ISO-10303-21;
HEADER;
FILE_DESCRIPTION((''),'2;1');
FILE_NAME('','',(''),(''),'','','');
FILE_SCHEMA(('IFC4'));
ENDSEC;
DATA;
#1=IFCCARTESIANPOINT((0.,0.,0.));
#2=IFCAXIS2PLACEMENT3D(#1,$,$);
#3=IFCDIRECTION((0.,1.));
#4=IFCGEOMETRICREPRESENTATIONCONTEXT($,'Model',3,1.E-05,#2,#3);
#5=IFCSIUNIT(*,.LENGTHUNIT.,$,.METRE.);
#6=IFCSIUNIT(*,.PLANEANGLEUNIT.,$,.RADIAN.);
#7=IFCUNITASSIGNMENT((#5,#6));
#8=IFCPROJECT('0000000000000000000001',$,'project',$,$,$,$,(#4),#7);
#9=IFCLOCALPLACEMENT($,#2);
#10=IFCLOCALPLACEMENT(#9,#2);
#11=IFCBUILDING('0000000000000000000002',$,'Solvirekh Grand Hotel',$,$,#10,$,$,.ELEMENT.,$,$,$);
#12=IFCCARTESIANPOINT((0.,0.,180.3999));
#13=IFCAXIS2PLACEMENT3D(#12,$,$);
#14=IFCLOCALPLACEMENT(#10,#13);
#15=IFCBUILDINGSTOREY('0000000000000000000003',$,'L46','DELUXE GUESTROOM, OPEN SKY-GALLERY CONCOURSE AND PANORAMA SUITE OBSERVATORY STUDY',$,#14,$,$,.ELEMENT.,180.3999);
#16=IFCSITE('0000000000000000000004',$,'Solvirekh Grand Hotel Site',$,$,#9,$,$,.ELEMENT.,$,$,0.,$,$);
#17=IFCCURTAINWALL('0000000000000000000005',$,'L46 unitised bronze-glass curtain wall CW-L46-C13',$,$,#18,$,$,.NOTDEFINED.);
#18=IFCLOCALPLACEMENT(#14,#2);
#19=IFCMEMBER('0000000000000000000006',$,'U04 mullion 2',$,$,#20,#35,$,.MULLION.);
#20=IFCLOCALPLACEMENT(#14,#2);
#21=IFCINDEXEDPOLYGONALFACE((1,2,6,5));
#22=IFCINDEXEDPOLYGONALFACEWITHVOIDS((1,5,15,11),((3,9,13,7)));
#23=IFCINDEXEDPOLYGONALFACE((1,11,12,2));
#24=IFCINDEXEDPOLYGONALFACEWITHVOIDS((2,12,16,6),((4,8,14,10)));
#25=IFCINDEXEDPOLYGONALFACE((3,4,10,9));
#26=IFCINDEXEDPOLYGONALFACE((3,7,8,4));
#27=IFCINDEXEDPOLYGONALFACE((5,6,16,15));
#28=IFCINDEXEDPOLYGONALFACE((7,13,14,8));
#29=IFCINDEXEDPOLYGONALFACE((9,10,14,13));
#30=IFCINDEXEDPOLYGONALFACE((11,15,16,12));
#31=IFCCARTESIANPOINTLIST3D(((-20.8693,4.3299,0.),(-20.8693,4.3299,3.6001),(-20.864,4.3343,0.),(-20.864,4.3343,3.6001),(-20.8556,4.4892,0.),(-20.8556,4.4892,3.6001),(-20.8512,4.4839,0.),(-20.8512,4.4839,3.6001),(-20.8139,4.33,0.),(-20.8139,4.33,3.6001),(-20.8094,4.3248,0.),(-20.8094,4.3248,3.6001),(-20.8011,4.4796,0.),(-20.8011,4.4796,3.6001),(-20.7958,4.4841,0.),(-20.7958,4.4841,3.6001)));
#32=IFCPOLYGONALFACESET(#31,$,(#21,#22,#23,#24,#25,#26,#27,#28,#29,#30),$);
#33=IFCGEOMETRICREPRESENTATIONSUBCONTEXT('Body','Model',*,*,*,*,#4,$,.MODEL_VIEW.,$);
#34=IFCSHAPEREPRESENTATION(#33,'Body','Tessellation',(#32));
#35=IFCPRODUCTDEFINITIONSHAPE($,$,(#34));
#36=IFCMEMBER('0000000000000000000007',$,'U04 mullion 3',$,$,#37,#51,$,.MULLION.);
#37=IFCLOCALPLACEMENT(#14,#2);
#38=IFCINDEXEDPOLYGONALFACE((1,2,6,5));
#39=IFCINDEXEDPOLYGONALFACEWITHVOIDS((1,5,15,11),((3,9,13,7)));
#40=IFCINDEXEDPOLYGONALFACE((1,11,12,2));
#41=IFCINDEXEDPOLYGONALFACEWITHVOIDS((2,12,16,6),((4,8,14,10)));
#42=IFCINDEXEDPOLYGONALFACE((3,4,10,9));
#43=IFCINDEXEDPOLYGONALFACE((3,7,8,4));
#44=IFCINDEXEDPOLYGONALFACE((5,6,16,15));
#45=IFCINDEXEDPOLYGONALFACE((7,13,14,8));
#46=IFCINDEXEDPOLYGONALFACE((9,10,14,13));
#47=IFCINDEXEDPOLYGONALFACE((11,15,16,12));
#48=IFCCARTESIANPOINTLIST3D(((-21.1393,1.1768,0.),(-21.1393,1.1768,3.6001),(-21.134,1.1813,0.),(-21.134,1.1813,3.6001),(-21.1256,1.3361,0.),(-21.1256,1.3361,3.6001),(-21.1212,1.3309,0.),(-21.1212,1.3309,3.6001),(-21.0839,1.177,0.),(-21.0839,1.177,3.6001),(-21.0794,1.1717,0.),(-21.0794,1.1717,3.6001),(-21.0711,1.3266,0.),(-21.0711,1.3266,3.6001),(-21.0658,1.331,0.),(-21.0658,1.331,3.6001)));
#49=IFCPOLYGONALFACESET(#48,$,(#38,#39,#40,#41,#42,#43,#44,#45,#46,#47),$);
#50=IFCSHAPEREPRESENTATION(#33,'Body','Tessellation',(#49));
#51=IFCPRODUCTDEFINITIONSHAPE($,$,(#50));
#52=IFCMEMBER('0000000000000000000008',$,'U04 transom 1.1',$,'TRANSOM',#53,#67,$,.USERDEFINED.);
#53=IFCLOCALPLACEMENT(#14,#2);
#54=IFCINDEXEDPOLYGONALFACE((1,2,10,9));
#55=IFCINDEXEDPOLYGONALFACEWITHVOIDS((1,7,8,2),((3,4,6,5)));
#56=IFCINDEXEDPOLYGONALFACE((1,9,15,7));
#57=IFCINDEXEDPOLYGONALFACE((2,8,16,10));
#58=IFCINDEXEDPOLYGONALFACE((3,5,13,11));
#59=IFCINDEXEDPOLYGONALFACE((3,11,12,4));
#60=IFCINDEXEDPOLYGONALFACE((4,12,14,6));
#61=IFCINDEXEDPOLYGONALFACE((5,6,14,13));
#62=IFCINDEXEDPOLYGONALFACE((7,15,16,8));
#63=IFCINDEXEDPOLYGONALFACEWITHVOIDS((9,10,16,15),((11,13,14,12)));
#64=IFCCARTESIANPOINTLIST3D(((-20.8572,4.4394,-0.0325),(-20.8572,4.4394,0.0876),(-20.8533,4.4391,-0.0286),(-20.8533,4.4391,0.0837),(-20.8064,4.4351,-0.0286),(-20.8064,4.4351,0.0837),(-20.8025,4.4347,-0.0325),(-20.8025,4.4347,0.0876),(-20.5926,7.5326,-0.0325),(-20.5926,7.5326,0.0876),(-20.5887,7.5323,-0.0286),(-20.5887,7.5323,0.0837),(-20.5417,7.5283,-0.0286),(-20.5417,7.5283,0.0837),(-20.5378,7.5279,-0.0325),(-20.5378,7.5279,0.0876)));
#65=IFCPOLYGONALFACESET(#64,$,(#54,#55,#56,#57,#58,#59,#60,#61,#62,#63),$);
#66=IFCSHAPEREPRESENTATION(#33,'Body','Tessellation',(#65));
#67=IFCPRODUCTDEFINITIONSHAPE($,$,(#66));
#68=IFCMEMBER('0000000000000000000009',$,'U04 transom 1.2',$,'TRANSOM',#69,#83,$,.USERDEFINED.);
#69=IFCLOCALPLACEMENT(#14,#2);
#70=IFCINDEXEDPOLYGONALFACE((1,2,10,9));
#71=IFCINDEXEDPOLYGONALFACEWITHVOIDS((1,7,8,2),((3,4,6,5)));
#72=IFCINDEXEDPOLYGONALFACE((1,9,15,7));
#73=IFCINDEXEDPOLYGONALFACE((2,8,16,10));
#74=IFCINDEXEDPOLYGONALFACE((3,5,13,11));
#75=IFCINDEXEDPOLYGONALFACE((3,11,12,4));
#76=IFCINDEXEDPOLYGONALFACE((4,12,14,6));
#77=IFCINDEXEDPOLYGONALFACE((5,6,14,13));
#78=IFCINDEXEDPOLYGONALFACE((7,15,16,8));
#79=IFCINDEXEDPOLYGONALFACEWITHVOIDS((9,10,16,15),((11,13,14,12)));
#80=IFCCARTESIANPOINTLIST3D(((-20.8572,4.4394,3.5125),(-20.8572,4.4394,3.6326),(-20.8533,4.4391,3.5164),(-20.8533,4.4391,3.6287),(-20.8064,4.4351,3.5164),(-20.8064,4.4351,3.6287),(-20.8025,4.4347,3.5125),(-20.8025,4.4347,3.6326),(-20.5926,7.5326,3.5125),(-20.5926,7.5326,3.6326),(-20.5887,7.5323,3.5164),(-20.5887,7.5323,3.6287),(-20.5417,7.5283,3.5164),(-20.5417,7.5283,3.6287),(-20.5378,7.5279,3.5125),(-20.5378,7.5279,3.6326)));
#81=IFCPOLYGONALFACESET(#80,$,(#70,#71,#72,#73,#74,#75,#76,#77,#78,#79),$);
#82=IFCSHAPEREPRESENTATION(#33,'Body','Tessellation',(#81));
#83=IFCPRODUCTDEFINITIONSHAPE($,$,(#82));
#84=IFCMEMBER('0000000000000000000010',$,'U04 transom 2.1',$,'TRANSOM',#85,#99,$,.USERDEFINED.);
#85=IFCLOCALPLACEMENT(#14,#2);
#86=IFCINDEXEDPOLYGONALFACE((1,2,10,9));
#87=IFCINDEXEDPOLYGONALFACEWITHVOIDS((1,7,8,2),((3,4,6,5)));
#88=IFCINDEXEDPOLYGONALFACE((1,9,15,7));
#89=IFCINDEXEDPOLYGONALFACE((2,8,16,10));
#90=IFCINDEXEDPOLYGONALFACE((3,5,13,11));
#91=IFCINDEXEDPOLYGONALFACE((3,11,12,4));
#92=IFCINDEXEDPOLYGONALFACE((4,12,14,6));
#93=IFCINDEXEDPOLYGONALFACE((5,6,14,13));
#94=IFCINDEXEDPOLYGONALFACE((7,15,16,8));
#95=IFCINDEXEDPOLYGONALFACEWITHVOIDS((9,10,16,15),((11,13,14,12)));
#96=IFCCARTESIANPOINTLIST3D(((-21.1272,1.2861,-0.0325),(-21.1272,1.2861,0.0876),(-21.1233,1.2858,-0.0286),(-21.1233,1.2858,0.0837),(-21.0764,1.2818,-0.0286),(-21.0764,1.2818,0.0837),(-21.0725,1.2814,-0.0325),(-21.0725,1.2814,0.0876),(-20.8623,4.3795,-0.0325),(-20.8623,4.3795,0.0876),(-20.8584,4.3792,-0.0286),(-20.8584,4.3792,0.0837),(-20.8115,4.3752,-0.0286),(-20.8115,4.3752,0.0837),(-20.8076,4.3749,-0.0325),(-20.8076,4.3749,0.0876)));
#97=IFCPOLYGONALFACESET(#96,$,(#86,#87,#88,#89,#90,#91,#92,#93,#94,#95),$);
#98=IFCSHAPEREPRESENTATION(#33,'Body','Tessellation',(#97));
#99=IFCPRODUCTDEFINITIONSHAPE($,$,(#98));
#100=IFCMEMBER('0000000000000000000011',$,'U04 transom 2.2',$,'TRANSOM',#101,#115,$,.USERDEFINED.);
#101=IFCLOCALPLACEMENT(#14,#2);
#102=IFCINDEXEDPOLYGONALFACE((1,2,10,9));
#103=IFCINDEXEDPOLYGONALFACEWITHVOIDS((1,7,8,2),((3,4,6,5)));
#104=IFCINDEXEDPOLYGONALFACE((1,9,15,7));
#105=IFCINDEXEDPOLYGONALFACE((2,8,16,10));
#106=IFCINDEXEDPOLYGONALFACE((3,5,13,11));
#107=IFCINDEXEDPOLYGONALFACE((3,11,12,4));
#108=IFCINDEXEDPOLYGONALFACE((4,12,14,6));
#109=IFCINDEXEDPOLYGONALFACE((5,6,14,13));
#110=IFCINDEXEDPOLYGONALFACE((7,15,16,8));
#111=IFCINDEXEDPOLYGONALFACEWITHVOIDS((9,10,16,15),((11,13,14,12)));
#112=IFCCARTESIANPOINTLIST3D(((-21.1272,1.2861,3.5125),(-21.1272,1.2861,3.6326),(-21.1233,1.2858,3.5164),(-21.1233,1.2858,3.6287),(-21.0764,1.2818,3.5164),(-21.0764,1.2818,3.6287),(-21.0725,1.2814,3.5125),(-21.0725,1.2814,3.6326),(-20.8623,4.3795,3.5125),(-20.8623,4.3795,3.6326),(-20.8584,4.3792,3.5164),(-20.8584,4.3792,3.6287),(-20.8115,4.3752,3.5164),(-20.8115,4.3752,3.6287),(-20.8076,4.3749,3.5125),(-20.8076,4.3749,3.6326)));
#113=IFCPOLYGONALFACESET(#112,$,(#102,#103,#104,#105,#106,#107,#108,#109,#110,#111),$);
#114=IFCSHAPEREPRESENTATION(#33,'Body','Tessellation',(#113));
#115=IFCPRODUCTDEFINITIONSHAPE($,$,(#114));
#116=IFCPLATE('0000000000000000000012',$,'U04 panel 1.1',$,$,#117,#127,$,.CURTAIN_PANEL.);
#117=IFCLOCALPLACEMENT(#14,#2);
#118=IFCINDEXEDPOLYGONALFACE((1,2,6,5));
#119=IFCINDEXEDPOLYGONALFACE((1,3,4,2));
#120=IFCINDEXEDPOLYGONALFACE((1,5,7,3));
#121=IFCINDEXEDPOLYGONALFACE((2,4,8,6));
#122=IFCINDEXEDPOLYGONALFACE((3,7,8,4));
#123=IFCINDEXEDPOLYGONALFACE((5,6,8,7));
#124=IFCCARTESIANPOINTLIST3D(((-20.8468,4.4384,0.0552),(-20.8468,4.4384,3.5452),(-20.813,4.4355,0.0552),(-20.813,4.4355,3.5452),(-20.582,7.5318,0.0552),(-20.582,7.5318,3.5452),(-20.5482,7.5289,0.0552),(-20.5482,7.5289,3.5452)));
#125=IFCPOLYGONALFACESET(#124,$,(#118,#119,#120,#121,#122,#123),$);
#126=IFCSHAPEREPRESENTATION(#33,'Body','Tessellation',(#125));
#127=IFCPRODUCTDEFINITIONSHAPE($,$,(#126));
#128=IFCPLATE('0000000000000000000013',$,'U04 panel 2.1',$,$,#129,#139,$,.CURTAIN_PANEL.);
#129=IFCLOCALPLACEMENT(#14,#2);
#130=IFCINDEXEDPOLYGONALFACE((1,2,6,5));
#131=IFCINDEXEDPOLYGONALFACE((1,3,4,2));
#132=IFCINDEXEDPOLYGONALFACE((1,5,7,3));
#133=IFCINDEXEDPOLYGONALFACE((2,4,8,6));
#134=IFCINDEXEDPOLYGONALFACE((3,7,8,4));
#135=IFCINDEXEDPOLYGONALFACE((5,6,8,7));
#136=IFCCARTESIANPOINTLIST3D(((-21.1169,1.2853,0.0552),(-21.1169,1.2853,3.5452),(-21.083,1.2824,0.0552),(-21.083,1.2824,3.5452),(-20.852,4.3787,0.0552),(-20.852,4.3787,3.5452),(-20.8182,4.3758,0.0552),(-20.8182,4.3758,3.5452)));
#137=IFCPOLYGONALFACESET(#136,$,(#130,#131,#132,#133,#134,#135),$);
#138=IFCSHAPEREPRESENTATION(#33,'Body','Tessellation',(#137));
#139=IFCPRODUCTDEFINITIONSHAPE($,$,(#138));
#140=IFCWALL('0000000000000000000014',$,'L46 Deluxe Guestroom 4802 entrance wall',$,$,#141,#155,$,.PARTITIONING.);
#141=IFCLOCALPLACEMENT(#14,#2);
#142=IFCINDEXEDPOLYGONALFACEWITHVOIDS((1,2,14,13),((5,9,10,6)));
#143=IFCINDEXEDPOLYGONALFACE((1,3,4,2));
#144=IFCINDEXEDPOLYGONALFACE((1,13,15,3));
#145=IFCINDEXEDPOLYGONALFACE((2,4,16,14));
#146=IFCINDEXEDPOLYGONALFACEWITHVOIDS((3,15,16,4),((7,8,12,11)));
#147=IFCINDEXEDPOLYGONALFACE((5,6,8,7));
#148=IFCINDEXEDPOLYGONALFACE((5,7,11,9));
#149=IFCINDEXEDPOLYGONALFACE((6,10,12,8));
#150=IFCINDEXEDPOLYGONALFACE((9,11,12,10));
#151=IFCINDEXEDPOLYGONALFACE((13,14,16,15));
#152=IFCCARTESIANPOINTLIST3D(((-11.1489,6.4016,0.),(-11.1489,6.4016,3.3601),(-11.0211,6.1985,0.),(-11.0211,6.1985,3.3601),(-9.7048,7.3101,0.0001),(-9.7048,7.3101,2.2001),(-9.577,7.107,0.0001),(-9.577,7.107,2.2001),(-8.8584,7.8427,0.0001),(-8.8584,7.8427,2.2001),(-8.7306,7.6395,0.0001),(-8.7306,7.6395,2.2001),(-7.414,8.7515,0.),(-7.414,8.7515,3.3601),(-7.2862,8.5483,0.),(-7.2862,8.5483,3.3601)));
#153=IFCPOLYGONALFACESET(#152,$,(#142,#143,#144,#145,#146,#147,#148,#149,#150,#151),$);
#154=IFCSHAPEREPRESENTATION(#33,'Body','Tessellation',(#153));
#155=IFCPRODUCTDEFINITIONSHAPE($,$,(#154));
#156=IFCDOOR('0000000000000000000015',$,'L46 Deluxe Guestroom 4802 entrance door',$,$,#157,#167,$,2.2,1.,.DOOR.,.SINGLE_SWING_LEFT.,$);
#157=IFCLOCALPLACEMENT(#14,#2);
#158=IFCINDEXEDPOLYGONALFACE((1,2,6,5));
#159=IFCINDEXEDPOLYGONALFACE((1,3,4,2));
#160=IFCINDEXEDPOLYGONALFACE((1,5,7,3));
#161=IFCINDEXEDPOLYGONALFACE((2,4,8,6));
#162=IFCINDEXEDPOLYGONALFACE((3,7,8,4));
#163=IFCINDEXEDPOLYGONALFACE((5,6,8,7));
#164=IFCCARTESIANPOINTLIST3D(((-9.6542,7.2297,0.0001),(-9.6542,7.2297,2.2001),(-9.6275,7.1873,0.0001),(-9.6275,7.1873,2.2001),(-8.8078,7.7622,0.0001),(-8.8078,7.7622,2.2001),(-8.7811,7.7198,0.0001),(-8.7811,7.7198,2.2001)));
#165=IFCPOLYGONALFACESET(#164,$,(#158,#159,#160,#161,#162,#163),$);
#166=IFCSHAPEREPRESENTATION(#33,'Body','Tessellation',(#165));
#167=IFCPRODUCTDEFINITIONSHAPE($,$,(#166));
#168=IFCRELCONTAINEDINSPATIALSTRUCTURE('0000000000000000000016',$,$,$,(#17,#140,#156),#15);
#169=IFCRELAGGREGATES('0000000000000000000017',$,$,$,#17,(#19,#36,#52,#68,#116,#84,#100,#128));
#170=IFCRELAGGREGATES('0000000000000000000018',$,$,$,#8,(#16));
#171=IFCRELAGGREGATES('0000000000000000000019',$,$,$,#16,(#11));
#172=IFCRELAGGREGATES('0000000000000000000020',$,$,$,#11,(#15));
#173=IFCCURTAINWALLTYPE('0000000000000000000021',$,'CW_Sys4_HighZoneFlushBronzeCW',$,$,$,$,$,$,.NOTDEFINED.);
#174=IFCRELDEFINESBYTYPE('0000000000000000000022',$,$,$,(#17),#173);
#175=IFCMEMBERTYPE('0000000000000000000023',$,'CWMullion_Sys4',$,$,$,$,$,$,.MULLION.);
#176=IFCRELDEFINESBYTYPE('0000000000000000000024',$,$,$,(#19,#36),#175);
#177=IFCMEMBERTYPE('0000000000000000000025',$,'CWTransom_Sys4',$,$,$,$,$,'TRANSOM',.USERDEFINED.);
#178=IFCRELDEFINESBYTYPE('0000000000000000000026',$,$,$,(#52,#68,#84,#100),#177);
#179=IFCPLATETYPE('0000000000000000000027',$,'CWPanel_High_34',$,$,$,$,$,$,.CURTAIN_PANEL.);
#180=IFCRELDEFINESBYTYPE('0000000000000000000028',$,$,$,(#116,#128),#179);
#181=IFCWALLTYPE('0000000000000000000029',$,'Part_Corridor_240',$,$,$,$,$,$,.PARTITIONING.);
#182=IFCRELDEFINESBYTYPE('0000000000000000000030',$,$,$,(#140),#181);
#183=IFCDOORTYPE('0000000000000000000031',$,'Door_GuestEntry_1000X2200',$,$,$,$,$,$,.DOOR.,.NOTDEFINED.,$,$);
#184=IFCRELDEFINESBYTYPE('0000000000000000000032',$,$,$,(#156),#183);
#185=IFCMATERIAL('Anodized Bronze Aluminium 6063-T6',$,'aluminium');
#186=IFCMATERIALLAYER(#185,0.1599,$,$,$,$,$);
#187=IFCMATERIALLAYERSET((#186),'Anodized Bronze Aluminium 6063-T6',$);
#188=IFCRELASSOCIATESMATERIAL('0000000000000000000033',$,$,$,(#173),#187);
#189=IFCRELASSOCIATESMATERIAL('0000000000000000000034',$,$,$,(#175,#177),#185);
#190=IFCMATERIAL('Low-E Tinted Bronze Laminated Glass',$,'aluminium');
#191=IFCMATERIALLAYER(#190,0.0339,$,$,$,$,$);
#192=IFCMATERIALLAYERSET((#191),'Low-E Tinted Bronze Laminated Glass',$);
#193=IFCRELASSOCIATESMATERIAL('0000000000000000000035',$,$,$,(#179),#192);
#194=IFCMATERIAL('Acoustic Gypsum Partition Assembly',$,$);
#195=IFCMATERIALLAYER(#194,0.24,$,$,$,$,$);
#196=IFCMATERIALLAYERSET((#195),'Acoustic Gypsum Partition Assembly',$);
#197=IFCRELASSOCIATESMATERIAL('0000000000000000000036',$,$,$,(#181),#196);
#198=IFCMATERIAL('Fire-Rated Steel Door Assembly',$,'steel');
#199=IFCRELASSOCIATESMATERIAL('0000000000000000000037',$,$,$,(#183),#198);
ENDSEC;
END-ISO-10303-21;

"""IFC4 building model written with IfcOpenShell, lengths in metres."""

from ifc_helpers import new_model, si_unit, direction, frame, frame_2d, origin, origin_2d, place, context, subcontext, project, spatial, rectangle, hollow_rectangle, extrude, source, transform, mapped, material, layer, layer_set, material_profile, profile_set, type_object, element, fill, aggregate, save


model = new_model("IFC4")

# Units and contexts
model_context = context("Model", 3, precision=1e-05, world=origin(), true_north=direction((0.0, 1.0)))
body_context = subcontext(model_context, "Body", "Model", "MODEL_VIEW")
ifc_project = project(units=[si_unit("LENGTHUNIT", "METRE"), si_unit("PLANEANGLEUNIT", "RADIAN")], contexts=[model_context])

# Site, building, storey
site_placement = place(None, origin())
site = spatial("IfcSite", under=ifc_project, at=site_placement, Name="Solvirekh Grand Hotel Site", CompositionType="ELEMENT", RefElevation=0.0)
building_placement = place(site_placement, origin())
building = spatial("IfcBuilding", under=site, at=building_placement, Name="Solvirekh Grand Hotel", CompositionType="ELEMENT")
storey_placement = place(building_placement, frame((0.0, 0.0, 180.3999)))
storey = spatial("IfcBuildingStorey", under=building, at=storey_placement, Name="L46", Description="DELUXE GUESTROOM, OPEN SKY-GALLERY CONCOURSE AND PANORAMA SUITE OBSERVATORY STUDY", CompositionType="ELEMENT", Elevation=180.3999)

# Curtain wall, members, plates
ifc_material_1 = material(Name="Anodized Bronze Aluminium 6063-T6", Category="aluminium")
ifc_layer_1 = layer(ifc_material_1, 0.1599)
ifc_layer_set_1 = layer_set([ifc_layer_1], Name="Anodized Bronze Aluminium 6063-T6")
curtain_wall_type = type_object("IfcCurtainWallType", Name="CW_Sys4_HighZoneFlushBronzeCW", PredefinedType="NOTDEFINED", material=ifc_layer_set_1)
curtain_wall_placement = place(storey_placement, origin())
curtain_wall = element("IfcCurtainWall", 1, at=curtain_wall_placement, inside=storey, type_object=curtain_wall_type, Name="L46 unitised bronze-glass curtain wall CW-L46-C13", PredefinedType="NOTDEFINED")
ifc_material_profile_1 = material_profile(ifc_material_1, hollow_rectangle(XDim=0.0601, YDim=0.1599, WallThickness=0.0049, at=origin_2d()), Name="ALU RHS 160X60X5")
ifc_profile_set_1 = profile_set([ifc_material_profile_1], Name="Anodized Bronze Aluminium 6063-T6")
member_type_1 = type_object("IfcMemberType", Name="CWMullion_Sys4", PredefinedType="MULLION", material=ifc_profile_set_1)
shared_shape_1 = source(origin(), body_context, "Body", "SweptSolid", [
    extrude(hollow_rectangle(XDim=0.0601, YDim=0.1599, WallThickness=0.0049, at=origin_2d()), origin(), (0.0, 0.0, 1.0), 3.6001),
])
member_1_placement = place(storey_placement, frame((-20.8325, 4.407, 0.0), z_axis=(0.0, 0.0, 1.0), x_axis=(0.996355, -0.085299, 0.0)))
member_1 = element("IfcMember", 2, at=member_1_placement, type_object=member_type_1, Name="U04 mullion 2", PredefinedType="MULLION", context=body_context, shape_type="MappedRepresentation", body=[
    mapped(shared_shape_1, transform((0.0, 0.0, 0.0), x_axis=(1.0, 0.0, 0.0), y_axis=(0.0, 1.0, 0.0), z_axis=(0.0, 0.0, 1.0), scale=1.0)),
])
member_2_placement = place(storey_placement, frame((-21.1025, 1.2539, 0.0), z_axis=(0.0, 0.0, 1.0), x_axis=(0.996355, -0.085299, 0.0)))
member_2 = element("IfcMember", 3, at=member_2_placement, type_object=member_type_1, Name="U04 mullion 3", PredefinedType="MULLION", context=body_context, shape_type="MappedRepresentation", body=[
    mapped(shared_shape_1, transform((0.0, 0.0, 0.0), x_axis=(1.0, 0.0, 0.0), y_axis=(0.0, 1.0, 0.0), z_axis=(0.0, 0.0, 1.0), scale=1.0)),
])
ifc_material_profile_2 = material_profile(ifc_material_1, hollow_rectangle(XDim=0.0549, YDim=0.1201, WallThickness=0.0039, at=origin_2d()), Name="ALU RHS 120X55X4")
ifc_profile_set_2 = profile_set([ifc_material_profile_2], Name="Anodized Bronze Aluminium 6063-T6")
member_type_2 = type_object("IfcMemberType", Name="CWTransom_Sys4", ElementType="TRANSOM", PredefinedType="USERDEFINED", material=ifc_profile_set_2)
shared_shape_2 = source(origin(), body_context, "Body", "SweptSolid", [
    extrude(hollow_rectangle(XDim=0.0549, YDim=0.1201, WallThickness=0.0039, at=origin_2d()), origin(), (0.0, 0.0, 1.0), 3.1045),
])
member_3_placement = place(storey_placement, frame((-20.5652, 7.5303, 0.0276), z_axis=(-0.085245, -0.99636, 0.0), x_axis=(0.99636, -0.085245, 0.0)))
member_3 = element("IfcMember", 4, at=member_3_placement, type_object=member_type_2, Name="U04 transom 1.1", ObjectType="TRANSOM", PredefinedType="USERDEFINED", context=body_context, shape_type="MappedRepresentation", body=[
    mapped(shared_shape_2, transform((0.0, 0.0, 0.0), x_axis=(1.0, 0.0, 0.0), y_axis=(0.0, 1.0, 0.0), z_axis=(0.0, 0.0, 1.0), scale=1.0)),
])
member_4_placement = place(storey_placement, frame((-20.5652, 7.5303, 3.5725), z_axis=(-0.085245, -0.99636, 0.0), x_axis=(0.99636, -0.085245, 0.0)))
member_4 = element("IfcMember", 5, at=member_4_placement, type_object=member_type_2, Name="U04 transom 1.2", ObjectType="TRANSOM", PredefinedType="USERDEFINED", context=body_context, shape_type="MappedRepresentation", body=[
    mapped(shared_shape_2, transform((0.0, 0.0, 0.0), x_axis=(1.0, 0.0, 0.0), y_axis=(0.0, 1.0, 0.0), z_axis=(0.0, 0.0, 1.0), scale=1.0)),
])
shared_shape_3 = source(origin(), body_context, "Body", "SweptSolid", [
    extrude(hollow_rectangle(XDim=0.0549, YDim=0.1201, WallThickness=0.0039, at=origin_2d()), origin(), (0.0, 0.0, 1.0), 3.1047),
])
member_5_placement = place(storey_placement, frame((-20.835, 4.3772, 0.0276), z_axis=(-0.085316, -0.996354, 0.0), x_axis=(0.996354, -0.085316, 0.0)))
member_5 = element("IfcMember", 6, at=member_5_placement, type_object=member_type_2, Name="U04 transom 2.1", ObjectType="TRANSOM", PredefinedType="USERDEFINED", context=body_context, shape_type="MappedRepresentation", body=[
    mapped(shared_shape_3, transform((0.0, 0.0, 0.0), x_axis=(1.0, 0.0, 0.0), y_axis=(0.0, 1.0, 0.0), z_axis=(0.0, 0.0, 1.0), scale=1.0)),
])
member_6_placement = place(storey_placement, frame((-20.835, 4.3772, 3.5725), z_axis=(-0.085316, -0.996354, 0.0), x_axis=(0.996354, -0.085316, 0.0)))
member_6 = element("IfcMember", 7, at=member_6_placement, type_object=member_type_2, Name="U04 transom 2.2", ObjectType="TRANSOM", PredefinedType="USERDEFINED", context=body_context, shape_type="MappedRepresentation", body=[
    mapped(shared_shape_3, transform((0.0, 0.0, 0.0), x_axis=(1.0, 0.0, 0.0), y_axis=(0.0, 1.0, 0.0), z_axis=(0.0, 0.0, 1.0), scale=1.0)),
])
ifc_material_2 = material(Name="Low-E Tinted Bronze Laminated Glass", Category="aluminium")
ifc_layer_2 = layer(ifc_material_2, 0.0339)
ifc_layer_set_2 = layer_set([ifc_layer_2], Name="Low-E Tinted Bronze Laminated Glass")
plate_type = type_object("IfcPlateType", Name="CWPanel_High_34", PredefinedType="CURTAIN_PANEL", material=ifc_layer_set_2)
shared_shape_4 = source(origin(), body_context, "Body", "SweptSolid", [
    extrude(rectangle(XDim=3.1047, YDim=0.0339, at=origin_2d()), origin(), (0.0, 0.0, 1.0), 3.49),
])
plate_1_placement = place(storey_placement, frame((-20.6975, 5.9836, 0.0552), z_axis=(0.0, 0.0, 1.0), x_axis=(-0.085299, -0.996355, 0.0)))
plate_1 = element("IfcPlate", 8, at=plate_1_placement, type_object=plate_type, Name="U04 panel 1.1", PredefinedType="CURTAIN_PANEL", context=body_context, shape_type="MappedRepresentation", body=[
    mapped(shared_shape_4, transform((0.0, 0.0, 0.0), x_axis=(1.0, 0.0, 0.0), y_axis=(0.0, 1.0, 0.0), z_axis=(0.0, 0.0, 1.0), scale=1.0)),
])
plate_2_placement = place(storey_placement, frame((-20.9675, 2.8306, 0.0552), z_axis=(0.0, 0.0, 1.0), x_axis=(-0.085299, -0.996355, 0.0)))
plate_2 = element("IfcPlate", 9, at=plate_2_placement, type_object=plate_type, Name="U04 panel 2.1", PredefinedType="CURTAIN_PANEL", context=body_context, shape_type="MappedRepresentation", body=[
    mapped(shared_shape_4, transform((0.0, 0.0, 0.0), x_axis=(1.0, 0.0, 0.0), y_axis=(0.0, 1.0, 0.0), z_axis=(0.0, 0.0, 1.0), scale=1.0)),
])
aggregate(curtain_wall, [member_1, member_2, member_3, member_4, plate_1, member_5, member_6, plate_2])

# Wall, opening, door
ifc_material_3 = material(Name="Acoustic Gypsum Partition Assembly")
ifc_layer_3 = layer(ifc_material_3, 0.24)
ifc_layer_set_3 = layer_set([ifc_layer_3], Name="Acoustic Gypsum Partition Assembly")
wall_type_1 = type_object("IfcWallType", Name="Part_Corridor_240", PredefinedType="PARTITIONING", material=ifc_layer_set_3)
wall_1_placement = place(storey_placement, frame((-11.085, 6.3, 0.0), z_axis=(0.0, 0.0, 1.0), x_axis=(0.846409, 0.532533, 0.0)))
wall_1 = element("IfcWall", 10, at=wall_1_placement, inside=storey, type_object=wall_type_1, Name="L46 Deluxe Guestroom 4802 entrance wall", PredefinedType="PARTITIONING", context=body_context, shape_type="SweptSolid", body=[
    extrude(rectangle(XDim=4.4126, YDim=0.24, at=frame_2d((2.2063, 0.0))), origin(), (0.0, 0.0, 1.0), 3.3601),
])
opening_1_placement = place(wall_1_placement, frame((1.7061, 0.0, 0.0)))
opening_1 = element("IfcOpeningElement", 11, at=opening_1_placement, cuts=wall_1, PredefinedType="OPENING", context=body_context, shape_type="SweptSolid", body=[
    extrude(rectangle(XDim=1.0, YDim=2.2, at=frame_2d((0.5, 1.1001))), frame((0.0, 0.1299, 0.0), z_axis=(0.0, -1.0, 0.0), x_axis=(1.0, 0.0, 0.0)), (0.0, 0.0, 1.0), 0.26),
])
ifc_material_4 = material(Name="Fire-Rated Steel Door Assembly", Category="steel")
door_type_1 = type_object("IfcDoorType", Name="Door_GuestEntry_1000X2200", OperationType="NOTDEFINED", PredefinedType="DOOR", material=ifc_material_4)
door_1_placement = place(opening_1_placement, origin())
door_1 = element("IfcDoor", 12, at=door_1_placement, inside=storey, type_object=door_type_1, Name="L46 Deluxe Guestroom 4802 entrance door", OperationType="SINGLE_SWING_LEFT", OverallHeight=2.2, OverallWidth=1.0, PredefinedType="DOOR", context=body_context, shape_type="SweptSolid", body=[
    extrude(rectangle(XDim=1.0, YDim=2.2, at=frame_2d((0.5, 1.1001))), frame((0.0, 0.0249, 0.0), z_axis=(0.0, -1.0, 0.0), x_axis=(1.0, 0.0, 0.0)), (0.0, 0.0, 1.0), 0.05),
])
fill(opening_1, door_1)

save(model, "model.ifc")
